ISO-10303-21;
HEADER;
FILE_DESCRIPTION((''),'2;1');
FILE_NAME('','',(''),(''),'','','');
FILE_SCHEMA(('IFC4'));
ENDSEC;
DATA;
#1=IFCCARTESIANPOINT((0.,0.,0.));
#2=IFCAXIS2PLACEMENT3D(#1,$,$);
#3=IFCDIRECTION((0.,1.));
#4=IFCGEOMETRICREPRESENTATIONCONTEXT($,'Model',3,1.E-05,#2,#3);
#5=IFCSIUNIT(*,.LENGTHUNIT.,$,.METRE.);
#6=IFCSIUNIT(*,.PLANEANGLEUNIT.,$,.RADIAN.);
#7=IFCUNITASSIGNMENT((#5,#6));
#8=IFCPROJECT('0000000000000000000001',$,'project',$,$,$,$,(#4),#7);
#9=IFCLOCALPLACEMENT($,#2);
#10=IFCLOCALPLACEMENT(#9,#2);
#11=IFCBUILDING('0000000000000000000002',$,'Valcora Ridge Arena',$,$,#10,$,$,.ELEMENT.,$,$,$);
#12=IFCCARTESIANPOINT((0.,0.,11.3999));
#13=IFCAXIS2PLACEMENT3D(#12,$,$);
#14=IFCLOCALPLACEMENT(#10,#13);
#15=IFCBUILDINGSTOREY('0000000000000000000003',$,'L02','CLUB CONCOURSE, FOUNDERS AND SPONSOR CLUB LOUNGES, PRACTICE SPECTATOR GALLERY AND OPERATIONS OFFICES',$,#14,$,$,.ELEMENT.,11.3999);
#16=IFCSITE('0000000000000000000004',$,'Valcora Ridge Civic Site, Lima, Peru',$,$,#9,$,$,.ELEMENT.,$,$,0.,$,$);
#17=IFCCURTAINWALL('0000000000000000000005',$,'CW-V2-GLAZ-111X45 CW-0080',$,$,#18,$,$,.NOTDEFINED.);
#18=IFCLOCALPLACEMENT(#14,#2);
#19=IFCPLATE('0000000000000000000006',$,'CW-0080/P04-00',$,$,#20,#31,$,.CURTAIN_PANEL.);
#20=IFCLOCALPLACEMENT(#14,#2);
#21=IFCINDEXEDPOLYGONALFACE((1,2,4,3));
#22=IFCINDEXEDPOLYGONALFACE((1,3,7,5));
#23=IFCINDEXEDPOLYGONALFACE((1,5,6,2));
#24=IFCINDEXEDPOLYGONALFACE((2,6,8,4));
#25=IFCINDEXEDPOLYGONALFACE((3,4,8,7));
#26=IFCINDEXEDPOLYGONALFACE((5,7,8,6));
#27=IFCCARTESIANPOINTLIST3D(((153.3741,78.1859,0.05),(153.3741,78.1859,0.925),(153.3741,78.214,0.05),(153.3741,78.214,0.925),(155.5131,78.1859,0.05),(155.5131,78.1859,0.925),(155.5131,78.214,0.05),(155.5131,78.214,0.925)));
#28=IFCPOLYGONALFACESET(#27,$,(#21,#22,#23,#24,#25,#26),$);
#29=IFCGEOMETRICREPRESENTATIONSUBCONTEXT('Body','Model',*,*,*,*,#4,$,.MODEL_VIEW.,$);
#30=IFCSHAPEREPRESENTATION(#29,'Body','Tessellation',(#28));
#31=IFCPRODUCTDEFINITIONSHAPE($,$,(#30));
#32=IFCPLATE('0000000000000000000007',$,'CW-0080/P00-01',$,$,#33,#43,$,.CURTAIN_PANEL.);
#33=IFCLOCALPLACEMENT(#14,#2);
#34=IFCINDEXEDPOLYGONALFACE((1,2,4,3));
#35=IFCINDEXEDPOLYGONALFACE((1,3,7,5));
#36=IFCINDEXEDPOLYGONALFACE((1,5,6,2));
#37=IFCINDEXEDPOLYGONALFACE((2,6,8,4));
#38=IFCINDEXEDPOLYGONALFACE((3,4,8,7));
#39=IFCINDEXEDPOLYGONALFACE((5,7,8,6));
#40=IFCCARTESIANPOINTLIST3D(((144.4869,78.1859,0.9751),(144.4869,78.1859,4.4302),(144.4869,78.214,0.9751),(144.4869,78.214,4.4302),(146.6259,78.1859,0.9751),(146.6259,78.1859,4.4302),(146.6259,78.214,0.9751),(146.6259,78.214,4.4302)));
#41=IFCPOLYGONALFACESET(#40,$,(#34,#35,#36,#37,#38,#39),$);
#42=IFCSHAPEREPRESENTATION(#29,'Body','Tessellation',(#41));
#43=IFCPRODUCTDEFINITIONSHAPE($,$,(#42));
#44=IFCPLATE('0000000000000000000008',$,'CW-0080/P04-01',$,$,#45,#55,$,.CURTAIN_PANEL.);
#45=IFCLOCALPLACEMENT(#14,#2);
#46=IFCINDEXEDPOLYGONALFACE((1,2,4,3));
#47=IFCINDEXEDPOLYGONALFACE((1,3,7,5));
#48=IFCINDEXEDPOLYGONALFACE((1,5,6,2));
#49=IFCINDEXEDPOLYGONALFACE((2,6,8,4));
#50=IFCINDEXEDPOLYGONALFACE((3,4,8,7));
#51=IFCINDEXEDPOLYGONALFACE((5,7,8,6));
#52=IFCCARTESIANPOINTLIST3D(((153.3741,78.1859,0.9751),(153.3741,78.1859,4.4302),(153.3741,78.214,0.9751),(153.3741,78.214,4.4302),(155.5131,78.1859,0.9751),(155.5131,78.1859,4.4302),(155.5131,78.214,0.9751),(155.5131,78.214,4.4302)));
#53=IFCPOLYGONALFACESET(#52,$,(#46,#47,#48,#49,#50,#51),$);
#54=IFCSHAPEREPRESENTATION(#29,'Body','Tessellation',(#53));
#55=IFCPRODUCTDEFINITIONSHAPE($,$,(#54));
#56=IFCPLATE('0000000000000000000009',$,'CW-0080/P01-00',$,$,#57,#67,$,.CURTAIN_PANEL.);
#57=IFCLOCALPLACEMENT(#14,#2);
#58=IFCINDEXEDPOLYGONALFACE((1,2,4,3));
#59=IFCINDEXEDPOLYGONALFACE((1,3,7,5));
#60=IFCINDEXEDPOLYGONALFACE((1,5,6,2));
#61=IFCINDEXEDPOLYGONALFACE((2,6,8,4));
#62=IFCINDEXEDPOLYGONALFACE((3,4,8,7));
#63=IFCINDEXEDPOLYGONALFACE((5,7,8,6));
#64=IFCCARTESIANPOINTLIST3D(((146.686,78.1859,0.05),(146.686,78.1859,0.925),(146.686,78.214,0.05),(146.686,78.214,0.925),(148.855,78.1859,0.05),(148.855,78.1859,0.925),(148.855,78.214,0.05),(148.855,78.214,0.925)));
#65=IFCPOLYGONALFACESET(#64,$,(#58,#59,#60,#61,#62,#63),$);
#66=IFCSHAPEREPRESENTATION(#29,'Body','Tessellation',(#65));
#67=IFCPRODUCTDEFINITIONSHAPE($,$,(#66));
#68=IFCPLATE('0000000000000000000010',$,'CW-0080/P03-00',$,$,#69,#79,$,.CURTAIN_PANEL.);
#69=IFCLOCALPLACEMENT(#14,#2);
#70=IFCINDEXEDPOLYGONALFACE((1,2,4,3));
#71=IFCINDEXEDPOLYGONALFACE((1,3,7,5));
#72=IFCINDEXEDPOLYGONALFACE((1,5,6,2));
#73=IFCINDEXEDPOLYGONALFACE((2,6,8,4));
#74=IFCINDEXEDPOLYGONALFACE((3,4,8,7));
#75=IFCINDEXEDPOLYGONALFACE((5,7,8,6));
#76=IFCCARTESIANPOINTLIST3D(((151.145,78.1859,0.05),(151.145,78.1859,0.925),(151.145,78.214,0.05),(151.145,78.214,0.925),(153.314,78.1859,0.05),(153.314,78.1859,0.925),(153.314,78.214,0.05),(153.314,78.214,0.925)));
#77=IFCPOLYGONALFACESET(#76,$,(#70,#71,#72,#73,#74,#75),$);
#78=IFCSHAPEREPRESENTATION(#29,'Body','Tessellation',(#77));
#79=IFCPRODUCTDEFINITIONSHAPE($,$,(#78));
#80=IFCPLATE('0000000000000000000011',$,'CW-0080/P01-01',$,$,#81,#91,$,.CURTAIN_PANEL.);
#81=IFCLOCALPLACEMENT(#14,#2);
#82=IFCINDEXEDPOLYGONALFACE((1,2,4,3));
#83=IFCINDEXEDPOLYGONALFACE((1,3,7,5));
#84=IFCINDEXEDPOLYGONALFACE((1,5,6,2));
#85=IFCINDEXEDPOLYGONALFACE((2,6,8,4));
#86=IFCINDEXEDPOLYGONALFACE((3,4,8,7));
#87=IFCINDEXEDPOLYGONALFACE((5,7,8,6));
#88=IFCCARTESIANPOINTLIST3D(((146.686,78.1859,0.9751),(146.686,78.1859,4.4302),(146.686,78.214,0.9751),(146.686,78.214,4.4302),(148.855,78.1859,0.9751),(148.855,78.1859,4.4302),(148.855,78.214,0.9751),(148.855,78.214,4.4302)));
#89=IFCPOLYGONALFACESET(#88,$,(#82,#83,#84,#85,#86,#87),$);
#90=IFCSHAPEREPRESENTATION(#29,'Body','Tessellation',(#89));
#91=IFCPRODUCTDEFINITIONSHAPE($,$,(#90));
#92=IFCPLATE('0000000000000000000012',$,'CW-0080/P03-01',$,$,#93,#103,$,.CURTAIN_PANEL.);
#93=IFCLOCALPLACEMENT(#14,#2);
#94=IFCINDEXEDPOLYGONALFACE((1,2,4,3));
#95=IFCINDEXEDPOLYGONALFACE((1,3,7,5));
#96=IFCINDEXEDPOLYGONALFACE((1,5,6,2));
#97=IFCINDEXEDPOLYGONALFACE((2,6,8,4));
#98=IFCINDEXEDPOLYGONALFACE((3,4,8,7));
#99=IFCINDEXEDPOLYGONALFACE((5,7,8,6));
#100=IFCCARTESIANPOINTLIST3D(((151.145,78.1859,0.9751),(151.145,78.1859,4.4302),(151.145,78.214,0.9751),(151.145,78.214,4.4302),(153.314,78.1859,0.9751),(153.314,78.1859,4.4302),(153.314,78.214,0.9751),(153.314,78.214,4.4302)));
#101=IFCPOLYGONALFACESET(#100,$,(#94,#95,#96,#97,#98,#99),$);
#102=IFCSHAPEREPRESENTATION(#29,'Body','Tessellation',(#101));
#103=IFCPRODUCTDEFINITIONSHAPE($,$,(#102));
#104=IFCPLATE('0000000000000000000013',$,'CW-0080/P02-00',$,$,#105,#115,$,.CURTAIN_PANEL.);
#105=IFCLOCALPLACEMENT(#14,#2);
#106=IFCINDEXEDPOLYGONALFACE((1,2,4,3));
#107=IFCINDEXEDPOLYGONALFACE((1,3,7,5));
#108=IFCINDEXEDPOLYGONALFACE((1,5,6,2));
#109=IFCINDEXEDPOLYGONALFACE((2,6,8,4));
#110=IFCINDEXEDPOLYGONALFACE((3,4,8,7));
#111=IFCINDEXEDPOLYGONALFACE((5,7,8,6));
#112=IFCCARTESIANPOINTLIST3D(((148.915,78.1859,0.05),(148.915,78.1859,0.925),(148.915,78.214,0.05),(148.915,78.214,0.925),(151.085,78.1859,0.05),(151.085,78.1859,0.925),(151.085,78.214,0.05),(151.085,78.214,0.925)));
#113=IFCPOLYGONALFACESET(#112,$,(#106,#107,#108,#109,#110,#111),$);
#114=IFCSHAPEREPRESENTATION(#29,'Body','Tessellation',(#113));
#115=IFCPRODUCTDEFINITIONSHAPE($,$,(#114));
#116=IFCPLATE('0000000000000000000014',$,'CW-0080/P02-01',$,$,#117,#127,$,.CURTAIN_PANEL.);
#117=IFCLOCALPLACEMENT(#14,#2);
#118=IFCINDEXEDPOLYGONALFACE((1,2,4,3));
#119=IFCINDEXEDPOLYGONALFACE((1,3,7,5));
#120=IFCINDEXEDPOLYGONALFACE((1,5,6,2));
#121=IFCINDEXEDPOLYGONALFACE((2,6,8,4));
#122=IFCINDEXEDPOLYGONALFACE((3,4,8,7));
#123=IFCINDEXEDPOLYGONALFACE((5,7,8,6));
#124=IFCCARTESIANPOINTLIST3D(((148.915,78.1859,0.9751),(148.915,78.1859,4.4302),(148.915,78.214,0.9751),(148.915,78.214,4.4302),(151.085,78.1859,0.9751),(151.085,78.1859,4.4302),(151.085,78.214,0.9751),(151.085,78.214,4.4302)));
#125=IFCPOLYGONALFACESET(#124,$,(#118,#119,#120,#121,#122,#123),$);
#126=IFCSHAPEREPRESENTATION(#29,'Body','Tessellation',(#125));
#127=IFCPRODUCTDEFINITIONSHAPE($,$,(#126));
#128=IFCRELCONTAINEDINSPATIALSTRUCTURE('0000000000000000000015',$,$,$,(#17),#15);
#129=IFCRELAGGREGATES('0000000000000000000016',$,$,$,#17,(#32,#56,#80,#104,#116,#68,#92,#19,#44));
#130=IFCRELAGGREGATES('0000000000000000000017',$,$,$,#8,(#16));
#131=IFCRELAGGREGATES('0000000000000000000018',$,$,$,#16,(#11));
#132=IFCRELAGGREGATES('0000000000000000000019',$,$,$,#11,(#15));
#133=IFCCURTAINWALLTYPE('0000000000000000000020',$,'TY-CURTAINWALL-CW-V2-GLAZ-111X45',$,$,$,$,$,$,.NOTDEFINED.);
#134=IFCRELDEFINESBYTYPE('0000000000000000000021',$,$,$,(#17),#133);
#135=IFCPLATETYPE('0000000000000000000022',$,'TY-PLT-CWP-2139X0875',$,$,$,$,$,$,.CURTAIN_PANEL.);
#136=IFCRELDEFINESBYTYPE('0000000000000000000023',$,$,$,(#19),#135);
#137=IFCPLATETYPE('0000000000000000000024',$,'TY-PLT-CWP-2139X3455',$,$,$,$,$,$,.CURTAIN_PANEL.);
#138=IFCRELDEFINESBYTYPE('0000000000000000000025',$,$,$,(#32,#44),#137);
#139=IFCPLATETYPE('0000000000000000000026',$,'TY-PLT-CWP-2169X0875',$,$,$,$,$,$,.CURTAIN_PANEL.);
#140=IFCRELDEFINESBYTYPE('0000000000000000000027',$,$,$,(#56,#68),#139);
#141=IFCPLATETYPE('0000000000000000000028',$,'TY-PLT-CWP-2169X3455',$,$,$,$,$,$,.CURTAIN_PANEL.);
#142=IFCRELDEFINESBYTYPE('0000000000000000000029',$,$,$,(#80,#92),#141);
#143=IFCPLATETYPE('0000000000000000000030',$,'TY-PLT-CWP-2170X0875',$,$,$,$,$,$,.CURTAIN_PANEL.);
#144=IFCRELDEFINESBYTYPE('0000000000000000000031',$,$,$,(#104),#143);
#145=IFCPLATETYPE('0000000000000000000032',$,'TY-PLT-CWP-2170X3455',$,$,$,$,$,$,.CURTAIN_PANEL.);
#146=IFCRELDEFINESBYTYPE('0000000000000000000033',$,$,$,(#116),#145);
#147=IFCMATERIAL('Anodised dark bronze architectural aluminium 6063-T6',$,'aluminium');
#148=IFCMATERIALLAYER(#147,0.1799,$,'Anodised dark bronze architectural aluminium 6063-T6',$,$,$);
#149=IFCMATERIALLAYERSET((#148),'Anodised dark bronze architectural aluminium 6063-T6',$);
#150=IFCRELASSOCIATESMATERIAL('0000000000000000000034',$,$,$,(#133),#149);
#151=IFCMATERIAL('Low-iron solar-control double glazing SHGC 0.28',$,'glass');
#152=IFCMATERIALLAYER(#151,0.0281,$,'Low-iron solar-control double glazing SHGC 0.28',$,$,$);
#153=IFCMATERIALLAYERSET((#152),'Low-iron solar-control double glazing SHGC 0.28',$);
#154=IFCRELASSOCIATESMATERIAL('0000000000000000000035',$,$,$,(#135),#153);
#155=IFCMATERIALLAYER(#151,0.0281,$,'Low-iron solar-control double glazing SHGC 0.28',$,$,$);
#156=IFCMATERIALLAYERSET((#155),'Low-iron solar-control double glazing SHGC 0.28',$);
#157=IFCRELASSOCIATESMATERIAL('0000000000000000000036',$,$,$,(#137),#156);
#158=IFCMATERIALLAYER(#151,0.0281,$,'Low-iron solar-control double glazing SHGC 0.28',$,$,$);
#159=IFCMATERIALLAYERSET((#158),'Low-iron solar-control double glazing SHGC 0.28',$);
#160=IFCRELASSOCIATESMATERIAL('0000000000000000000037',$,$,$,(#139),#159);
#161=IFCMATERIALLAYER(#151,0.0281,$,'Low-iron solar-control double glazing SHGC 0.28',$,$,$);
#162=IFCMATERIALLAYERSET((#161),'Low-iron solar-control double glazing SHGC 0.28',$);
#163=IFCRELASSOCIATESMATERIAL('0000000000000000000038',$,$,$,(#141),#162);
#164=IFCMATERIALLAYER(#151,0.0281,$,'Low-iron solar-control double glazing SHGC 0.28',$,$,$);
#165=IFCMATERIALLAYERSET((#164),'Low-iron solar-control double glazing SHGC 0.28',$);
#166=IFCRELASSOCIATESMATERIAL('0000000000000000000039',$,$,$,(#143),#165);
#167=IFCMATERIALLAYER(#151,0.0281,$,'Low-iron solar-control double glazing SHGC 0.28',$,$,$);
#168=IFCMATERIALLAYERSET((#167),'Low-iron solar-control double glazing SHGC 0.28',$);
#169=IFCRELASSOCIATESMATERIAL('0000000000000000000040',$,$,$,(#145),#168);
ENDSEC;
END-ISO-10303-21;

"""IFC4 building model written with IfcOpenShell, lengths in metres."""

from ifc_helpers import new_model, si_unit, direction, frame, origin, origin_2d, place, context, subcontext, project, spatial, rectangle, extrude, material, layer, layer_set, type_object, element, aggregate, save


model = new_model("IFC4")

# Units and contexts
model_context = context("Model", 3, precision=1e-05, world=origin(), true_north=direction((0.0, 1.0)))
body_context = subcontext(model_context, "Body", "Model", "MODEL_VIEW")
ifc_project = project(units=[si_unit("LENGTHUNIT", "METRE"), si_unit("PLANEANGLEUNIT", "RADIAN")], contexts=[model_context])

# Site, building, storey
site_placement = place(None, origin())
site = spatial("IfcSite", under=ifc_project, at=site_placement, Name="Valcora Ridge Civic Site, Lima, Peru", CompositionType="ELEMENT", RefElevation=0.0)
building_placement = place(site_placement, origin())
building = spatial("IfcBuilding", under=site, at=building_placement, Name="Valcora Ridge Arena", CompositionType="ELEMENT")
storey_placement = place(building_placement, frame((0.0, 0.0, 11.3999)))
storey = spatial("IfcBuildingStorey", under=building, at=storey_placement, Name="L02", Description="CLUB CONCOURSE, FOUNDERS AND SPONSOR CLUB LOUNGES, PRACTICE SPECTATOR GALLERY AND OPERATIONS OFFICES", CompositionType="ELEMENT", Elevation=11.3999)

# Curtain wall
ifc_material_1 = material(Name="Anodised dark bronze architectural aluminium 6063-T6", Category="aluminium")
ifc_layer_1 = layer(ifc_material_1, 0.1799, Name="Anodised dark bronze architectural aluminium 6063-T6")
ifc_layer_set_1 = layer_set([ifc_layer_1], Name="Anodised dark bronze architectural aluminium 6063-T6")
curtain_wall_type_1 = type_object("IfcCurtainWallType", Name="TY-CURTAINWALL-CW-V2-GLAZ-111X45", PredefinedType="NOTDEFINED", material=ifc_layer_set_1)
curtain_wall_1_placement = place(storey_placement, origin())
curtain_wall_1 = element("IfcCurtainWall", 1, at=curtain_wall_1_placement, inside=storey, type_object=curtain_wall_type_1, Name="CW-V2-GLAZ-111X45 CW-0080", PredefinedType="NOTDEFINED")

# Plates
ifc_material_2 = material(Name="Low-iron solar-control double glazing SHGC 0.28", Category="glass")
ifc_layer_2 = layer(ifc_material_2, 0.0281, Name="Low-iron solar-control double glazing SHGC 0.28")
ifc_layer_set_2 = layer_set([ifc_layer_2], Name="Low-iron solar-control double glazing SHGC 0.28")
plate_type_1 = type_object("IfcPlateType", Name="TY-PLT-CWP-2139X0875", PredefinedType="CURTAIN_PANEL", material=ifc_layer_set_2)
plate_1_placement = place(storey_placement, frame((154.4436, 78.2, 0.05), z_axis=(0.0, 0.0, 1.0), x_axis=(1.0, 0.0, 0.0)))
plate_1 = element("IfcPlate", 2, at=plate_1_placement, type_object=plate_type_1, Name="CW-0080/P04-00", PredefinedType="CURTAIN_PANEL", context=body_context, shape_type="SweptSolid", body=[
    extrude(rectangle(XDim=2.1389, YDim=0.0281, at=origin_2d()), origin(), (0.0, 0.0, 1.0), 0.875),
])
ifc_layer_3 = layer(ifc_material_2, 0.0281, Name="Low-iron solar-control double glazing SHGC 0.28")
ifc_layer_set_3 = layer_set([ifc_layer_3], Name="Low-iron solar-control double glazing SHGC 0.28")
plate_type_2 = type_object("IfcPlateType", Name="TY-PLT-CWP-2139X3455", PredefinedType="CURTAIN_PANEL", material=ifc_layer_set_3)
plate_2_placement = place(storey_placement, frame((145.5564, 78.2, 0.9751), z_axis=(0.0, 0.0, 1.0), x_axis=(1.0, 0.0, 0.0)))
plate_2 = element("IfcPlate", 3, at=plate_2_placement, type_object=plate_type_2, Name="CW-0080/P00-01", PredefinedType="CURTAIN_PANEL", context=body_context, shape_type="SweptSolid", body=[
    extrude(rectangle(XDim=2.1389, YDim=0.0281, at=origin_2d()), origin(), (0.0, 0.0, 1.0), 3.4551),
])
plate_3_placement = place(storey_placement, frame((154.4436, 78.2, 0.9751), z_axis=(0.0, 0.0, 1.0), x_axis=(1.0, 0.0, 0.0)))
plate_3 = element("IfcPlate", 4, at=plate_3_placement, type_object=plate_type_2, Name="CW-0080/P04-01", PredefinedType="CURTAIN_PANEL", context=body_context, shape_type="SweptSolid", body=[
    extrude(rectangle(XDim=2.1389, YDim=0.0281, at=origin_2d()), origin(), (0.0, 0.0, 1.0), 3.4551),
])
ifc_layer_4 = layer(ifc_material_2, 0.0281, Name="Low-iron solar-control double glazing SHGC 0.28")
ifc_layer_set_4 = layer_set([ifc_layer_4], Name="Low-iron solar-control double glazing SHGC 0.28")
plate_type_3 = type_object("IfcPlateType", Name="TY-PLT-CWP-2169X0875", PredefinedType="CURTAIN_PANEL", material=ifc_layer_set_4)
plate_4_placement = place(storey_placement, frame((147.7705, 78.2, 0.05), z_axis=(0.0, 0.0, 1.0), x_axis=(1.0, 0.0, 0.0)))
plate_4 = element("IfcPlate", 5, at=plate_4_placement, type_object=plate_type_3, Name="CW-0080/P01-00", PredefinedType="CURTAIN_PANEL", context=body_context, shape_type="SweptSolid", body=[
    extrude(rectangle(XDim=2.1689, YDim=0.0281, at=origin_2d()), origin(), (0.0, 0.0, 1.0), 0.875),
])
plate_5_placement = place(storey_placement, frame((152.2295, 78.2, 0.05), z_axis=(0.0, 0.0, 1.0), x_axis=(1.0, 0.0, 0.0)))
plate_5 = element("IfcPlate", 6, at=plate_5_placement, type_object=plate_type_3, Name="CW-0080/P03-00", PredefinedType="CURTAIN_PANEL", context=body_context, shape_type="SweptSolid", body=[
    extrude(rectangle(XDim=2.1689, YDim=0.0281, at=origin_2d()), origin(), (0.0, 0.0, 1.0), 0.875),
])
ifc_layer_5 = layer(ifc_material_2, 0.0281, Name="Low-iron solar-control double glazing SHGC 0.28")
ifc_layer_set_5 = layer_set([ifc_layer_5], Name="Low-iron solar-control double glazing SHGC 0.28")
plate_type_4 = type_object("IfcPlateType", Name="TY-PLT-CWP-2169X3455", PredefinedType="CURTAIN_PANEL", material=ifc_layer_set_5)
plate_6_placement = place(storey_placement, frame((147.7705, 78.2, 0.9751), z_axis=(0.0, 0.0, 1.0), x_axis=(1.0, 0.0, 0.0)))
plate_6 = element("IfcPlate", 7, at=plate_6_placement, type_object=plate_type_4, Name="CW-0080/P01-01", PredefinedType="CURTAIN_PANEL", context=body_context, shape_type="SweptSolid", body=[
    extrude(rectangle(XDim=2.1689, YDim=0.0281, at=origin_2d()), origin(), (0.0, 0.0, 1.0), 3.4551),
])
plate_7_placement = place(storey_placement, frame((152.2295, 78.2, 0.9751), z_axis=(0.0, 0.0, 1.0), x_axis=(1.0, 0.0, 0.0)))
plate_7 = element("IfcPlate", 8, at=plate_7_placement, type_object=plate_type_4, Name="CW-0080/P03-01", PredefinedType="CURTAIN_PANEL", context=body_context, shape_type="SweptSolid", body=[
    extrude(rectangle(XDim=2.1689, YDim=0.0281, at=origin_2d()), origin(), (0.0, 0.0, 1.0), 3.4551),
])
ifc_layer_6 = layer(ifc_material_2, 0.0281, Name="Low-iron solar-control double glazing SHGC 0.28")
ifc_layer_set_6 = layer_set([ifc_layer_6], Name="Low-iron solar-control double glazing SHGC 0.28")
plate_type_5 = type_object("IfcPlateType", Name="TY-PLT-CWP-2170X0875", PredefinedType="CURTAIN_PANEL", material=ifc_layer_set_6)
plate_8_placement = place(storey_placement, frame((150.0, 78.2, 0.05), z_axis=(0.0, 0.0, 1.0), x_axis=(1.0, 0.0, 0.0)))
plate_8 = element("IfcPlate", 9, at=plate_8_placement, type_object=plate_type_5, Name="CW-0080/P02-00", PredefinedType="CURTAIN_PANEL", context=body_context, shape_type="SweptSolid", body=[
    extrude(rectangle(XDim=2.1699, YDim=0.0281, at=origin_2d()), origin(), (0.0, 0.0, 1.0), 0.875),
])
ifc_layer_7 = layer(ifc_material_2, 0.0281, Name="Low-iron solar-control double glazing SHGC 0.28")
ifc_layer_set_7 = layer_set([ifc_layer_7], Name="Low-iron solar-control double glazing SHGC 0.28")
plate_type_6 = type_object("IfcPlateType", Name="TY-PLT-CWP-2170X3455", PredefinedType="CURTAIN_PANEL", material=ifc_layer_set_7)
plate_9_placement = place(storey_placement, frame((150.0, 78.2, 0.9751), z_axis=(0.0, 0.0, 1.0), x_axis=(1.0, 0.0, 0.0)))
plate_9 = element("IfcPlate", 10, at=plate_9_placement, type_object=plate_type_6, Name="CW-0080/P02-01", PredefinedType="CURTAIN_PANEL", context=body_context, shape_type="SweptSolid", body=[
    extrude(rectangle(XDim=2.1699, YDim=0.0281, at=origin_2d()), origin(), (0.0, 0.0, 1.0), 3.4551),
])
aggregate(curtain_wall_1, [plate_2, plate_4, plate_6, plate_8, plate_9, plate_5, plate_7, plate_1, plate_3])

save(model, "model.ifc")
